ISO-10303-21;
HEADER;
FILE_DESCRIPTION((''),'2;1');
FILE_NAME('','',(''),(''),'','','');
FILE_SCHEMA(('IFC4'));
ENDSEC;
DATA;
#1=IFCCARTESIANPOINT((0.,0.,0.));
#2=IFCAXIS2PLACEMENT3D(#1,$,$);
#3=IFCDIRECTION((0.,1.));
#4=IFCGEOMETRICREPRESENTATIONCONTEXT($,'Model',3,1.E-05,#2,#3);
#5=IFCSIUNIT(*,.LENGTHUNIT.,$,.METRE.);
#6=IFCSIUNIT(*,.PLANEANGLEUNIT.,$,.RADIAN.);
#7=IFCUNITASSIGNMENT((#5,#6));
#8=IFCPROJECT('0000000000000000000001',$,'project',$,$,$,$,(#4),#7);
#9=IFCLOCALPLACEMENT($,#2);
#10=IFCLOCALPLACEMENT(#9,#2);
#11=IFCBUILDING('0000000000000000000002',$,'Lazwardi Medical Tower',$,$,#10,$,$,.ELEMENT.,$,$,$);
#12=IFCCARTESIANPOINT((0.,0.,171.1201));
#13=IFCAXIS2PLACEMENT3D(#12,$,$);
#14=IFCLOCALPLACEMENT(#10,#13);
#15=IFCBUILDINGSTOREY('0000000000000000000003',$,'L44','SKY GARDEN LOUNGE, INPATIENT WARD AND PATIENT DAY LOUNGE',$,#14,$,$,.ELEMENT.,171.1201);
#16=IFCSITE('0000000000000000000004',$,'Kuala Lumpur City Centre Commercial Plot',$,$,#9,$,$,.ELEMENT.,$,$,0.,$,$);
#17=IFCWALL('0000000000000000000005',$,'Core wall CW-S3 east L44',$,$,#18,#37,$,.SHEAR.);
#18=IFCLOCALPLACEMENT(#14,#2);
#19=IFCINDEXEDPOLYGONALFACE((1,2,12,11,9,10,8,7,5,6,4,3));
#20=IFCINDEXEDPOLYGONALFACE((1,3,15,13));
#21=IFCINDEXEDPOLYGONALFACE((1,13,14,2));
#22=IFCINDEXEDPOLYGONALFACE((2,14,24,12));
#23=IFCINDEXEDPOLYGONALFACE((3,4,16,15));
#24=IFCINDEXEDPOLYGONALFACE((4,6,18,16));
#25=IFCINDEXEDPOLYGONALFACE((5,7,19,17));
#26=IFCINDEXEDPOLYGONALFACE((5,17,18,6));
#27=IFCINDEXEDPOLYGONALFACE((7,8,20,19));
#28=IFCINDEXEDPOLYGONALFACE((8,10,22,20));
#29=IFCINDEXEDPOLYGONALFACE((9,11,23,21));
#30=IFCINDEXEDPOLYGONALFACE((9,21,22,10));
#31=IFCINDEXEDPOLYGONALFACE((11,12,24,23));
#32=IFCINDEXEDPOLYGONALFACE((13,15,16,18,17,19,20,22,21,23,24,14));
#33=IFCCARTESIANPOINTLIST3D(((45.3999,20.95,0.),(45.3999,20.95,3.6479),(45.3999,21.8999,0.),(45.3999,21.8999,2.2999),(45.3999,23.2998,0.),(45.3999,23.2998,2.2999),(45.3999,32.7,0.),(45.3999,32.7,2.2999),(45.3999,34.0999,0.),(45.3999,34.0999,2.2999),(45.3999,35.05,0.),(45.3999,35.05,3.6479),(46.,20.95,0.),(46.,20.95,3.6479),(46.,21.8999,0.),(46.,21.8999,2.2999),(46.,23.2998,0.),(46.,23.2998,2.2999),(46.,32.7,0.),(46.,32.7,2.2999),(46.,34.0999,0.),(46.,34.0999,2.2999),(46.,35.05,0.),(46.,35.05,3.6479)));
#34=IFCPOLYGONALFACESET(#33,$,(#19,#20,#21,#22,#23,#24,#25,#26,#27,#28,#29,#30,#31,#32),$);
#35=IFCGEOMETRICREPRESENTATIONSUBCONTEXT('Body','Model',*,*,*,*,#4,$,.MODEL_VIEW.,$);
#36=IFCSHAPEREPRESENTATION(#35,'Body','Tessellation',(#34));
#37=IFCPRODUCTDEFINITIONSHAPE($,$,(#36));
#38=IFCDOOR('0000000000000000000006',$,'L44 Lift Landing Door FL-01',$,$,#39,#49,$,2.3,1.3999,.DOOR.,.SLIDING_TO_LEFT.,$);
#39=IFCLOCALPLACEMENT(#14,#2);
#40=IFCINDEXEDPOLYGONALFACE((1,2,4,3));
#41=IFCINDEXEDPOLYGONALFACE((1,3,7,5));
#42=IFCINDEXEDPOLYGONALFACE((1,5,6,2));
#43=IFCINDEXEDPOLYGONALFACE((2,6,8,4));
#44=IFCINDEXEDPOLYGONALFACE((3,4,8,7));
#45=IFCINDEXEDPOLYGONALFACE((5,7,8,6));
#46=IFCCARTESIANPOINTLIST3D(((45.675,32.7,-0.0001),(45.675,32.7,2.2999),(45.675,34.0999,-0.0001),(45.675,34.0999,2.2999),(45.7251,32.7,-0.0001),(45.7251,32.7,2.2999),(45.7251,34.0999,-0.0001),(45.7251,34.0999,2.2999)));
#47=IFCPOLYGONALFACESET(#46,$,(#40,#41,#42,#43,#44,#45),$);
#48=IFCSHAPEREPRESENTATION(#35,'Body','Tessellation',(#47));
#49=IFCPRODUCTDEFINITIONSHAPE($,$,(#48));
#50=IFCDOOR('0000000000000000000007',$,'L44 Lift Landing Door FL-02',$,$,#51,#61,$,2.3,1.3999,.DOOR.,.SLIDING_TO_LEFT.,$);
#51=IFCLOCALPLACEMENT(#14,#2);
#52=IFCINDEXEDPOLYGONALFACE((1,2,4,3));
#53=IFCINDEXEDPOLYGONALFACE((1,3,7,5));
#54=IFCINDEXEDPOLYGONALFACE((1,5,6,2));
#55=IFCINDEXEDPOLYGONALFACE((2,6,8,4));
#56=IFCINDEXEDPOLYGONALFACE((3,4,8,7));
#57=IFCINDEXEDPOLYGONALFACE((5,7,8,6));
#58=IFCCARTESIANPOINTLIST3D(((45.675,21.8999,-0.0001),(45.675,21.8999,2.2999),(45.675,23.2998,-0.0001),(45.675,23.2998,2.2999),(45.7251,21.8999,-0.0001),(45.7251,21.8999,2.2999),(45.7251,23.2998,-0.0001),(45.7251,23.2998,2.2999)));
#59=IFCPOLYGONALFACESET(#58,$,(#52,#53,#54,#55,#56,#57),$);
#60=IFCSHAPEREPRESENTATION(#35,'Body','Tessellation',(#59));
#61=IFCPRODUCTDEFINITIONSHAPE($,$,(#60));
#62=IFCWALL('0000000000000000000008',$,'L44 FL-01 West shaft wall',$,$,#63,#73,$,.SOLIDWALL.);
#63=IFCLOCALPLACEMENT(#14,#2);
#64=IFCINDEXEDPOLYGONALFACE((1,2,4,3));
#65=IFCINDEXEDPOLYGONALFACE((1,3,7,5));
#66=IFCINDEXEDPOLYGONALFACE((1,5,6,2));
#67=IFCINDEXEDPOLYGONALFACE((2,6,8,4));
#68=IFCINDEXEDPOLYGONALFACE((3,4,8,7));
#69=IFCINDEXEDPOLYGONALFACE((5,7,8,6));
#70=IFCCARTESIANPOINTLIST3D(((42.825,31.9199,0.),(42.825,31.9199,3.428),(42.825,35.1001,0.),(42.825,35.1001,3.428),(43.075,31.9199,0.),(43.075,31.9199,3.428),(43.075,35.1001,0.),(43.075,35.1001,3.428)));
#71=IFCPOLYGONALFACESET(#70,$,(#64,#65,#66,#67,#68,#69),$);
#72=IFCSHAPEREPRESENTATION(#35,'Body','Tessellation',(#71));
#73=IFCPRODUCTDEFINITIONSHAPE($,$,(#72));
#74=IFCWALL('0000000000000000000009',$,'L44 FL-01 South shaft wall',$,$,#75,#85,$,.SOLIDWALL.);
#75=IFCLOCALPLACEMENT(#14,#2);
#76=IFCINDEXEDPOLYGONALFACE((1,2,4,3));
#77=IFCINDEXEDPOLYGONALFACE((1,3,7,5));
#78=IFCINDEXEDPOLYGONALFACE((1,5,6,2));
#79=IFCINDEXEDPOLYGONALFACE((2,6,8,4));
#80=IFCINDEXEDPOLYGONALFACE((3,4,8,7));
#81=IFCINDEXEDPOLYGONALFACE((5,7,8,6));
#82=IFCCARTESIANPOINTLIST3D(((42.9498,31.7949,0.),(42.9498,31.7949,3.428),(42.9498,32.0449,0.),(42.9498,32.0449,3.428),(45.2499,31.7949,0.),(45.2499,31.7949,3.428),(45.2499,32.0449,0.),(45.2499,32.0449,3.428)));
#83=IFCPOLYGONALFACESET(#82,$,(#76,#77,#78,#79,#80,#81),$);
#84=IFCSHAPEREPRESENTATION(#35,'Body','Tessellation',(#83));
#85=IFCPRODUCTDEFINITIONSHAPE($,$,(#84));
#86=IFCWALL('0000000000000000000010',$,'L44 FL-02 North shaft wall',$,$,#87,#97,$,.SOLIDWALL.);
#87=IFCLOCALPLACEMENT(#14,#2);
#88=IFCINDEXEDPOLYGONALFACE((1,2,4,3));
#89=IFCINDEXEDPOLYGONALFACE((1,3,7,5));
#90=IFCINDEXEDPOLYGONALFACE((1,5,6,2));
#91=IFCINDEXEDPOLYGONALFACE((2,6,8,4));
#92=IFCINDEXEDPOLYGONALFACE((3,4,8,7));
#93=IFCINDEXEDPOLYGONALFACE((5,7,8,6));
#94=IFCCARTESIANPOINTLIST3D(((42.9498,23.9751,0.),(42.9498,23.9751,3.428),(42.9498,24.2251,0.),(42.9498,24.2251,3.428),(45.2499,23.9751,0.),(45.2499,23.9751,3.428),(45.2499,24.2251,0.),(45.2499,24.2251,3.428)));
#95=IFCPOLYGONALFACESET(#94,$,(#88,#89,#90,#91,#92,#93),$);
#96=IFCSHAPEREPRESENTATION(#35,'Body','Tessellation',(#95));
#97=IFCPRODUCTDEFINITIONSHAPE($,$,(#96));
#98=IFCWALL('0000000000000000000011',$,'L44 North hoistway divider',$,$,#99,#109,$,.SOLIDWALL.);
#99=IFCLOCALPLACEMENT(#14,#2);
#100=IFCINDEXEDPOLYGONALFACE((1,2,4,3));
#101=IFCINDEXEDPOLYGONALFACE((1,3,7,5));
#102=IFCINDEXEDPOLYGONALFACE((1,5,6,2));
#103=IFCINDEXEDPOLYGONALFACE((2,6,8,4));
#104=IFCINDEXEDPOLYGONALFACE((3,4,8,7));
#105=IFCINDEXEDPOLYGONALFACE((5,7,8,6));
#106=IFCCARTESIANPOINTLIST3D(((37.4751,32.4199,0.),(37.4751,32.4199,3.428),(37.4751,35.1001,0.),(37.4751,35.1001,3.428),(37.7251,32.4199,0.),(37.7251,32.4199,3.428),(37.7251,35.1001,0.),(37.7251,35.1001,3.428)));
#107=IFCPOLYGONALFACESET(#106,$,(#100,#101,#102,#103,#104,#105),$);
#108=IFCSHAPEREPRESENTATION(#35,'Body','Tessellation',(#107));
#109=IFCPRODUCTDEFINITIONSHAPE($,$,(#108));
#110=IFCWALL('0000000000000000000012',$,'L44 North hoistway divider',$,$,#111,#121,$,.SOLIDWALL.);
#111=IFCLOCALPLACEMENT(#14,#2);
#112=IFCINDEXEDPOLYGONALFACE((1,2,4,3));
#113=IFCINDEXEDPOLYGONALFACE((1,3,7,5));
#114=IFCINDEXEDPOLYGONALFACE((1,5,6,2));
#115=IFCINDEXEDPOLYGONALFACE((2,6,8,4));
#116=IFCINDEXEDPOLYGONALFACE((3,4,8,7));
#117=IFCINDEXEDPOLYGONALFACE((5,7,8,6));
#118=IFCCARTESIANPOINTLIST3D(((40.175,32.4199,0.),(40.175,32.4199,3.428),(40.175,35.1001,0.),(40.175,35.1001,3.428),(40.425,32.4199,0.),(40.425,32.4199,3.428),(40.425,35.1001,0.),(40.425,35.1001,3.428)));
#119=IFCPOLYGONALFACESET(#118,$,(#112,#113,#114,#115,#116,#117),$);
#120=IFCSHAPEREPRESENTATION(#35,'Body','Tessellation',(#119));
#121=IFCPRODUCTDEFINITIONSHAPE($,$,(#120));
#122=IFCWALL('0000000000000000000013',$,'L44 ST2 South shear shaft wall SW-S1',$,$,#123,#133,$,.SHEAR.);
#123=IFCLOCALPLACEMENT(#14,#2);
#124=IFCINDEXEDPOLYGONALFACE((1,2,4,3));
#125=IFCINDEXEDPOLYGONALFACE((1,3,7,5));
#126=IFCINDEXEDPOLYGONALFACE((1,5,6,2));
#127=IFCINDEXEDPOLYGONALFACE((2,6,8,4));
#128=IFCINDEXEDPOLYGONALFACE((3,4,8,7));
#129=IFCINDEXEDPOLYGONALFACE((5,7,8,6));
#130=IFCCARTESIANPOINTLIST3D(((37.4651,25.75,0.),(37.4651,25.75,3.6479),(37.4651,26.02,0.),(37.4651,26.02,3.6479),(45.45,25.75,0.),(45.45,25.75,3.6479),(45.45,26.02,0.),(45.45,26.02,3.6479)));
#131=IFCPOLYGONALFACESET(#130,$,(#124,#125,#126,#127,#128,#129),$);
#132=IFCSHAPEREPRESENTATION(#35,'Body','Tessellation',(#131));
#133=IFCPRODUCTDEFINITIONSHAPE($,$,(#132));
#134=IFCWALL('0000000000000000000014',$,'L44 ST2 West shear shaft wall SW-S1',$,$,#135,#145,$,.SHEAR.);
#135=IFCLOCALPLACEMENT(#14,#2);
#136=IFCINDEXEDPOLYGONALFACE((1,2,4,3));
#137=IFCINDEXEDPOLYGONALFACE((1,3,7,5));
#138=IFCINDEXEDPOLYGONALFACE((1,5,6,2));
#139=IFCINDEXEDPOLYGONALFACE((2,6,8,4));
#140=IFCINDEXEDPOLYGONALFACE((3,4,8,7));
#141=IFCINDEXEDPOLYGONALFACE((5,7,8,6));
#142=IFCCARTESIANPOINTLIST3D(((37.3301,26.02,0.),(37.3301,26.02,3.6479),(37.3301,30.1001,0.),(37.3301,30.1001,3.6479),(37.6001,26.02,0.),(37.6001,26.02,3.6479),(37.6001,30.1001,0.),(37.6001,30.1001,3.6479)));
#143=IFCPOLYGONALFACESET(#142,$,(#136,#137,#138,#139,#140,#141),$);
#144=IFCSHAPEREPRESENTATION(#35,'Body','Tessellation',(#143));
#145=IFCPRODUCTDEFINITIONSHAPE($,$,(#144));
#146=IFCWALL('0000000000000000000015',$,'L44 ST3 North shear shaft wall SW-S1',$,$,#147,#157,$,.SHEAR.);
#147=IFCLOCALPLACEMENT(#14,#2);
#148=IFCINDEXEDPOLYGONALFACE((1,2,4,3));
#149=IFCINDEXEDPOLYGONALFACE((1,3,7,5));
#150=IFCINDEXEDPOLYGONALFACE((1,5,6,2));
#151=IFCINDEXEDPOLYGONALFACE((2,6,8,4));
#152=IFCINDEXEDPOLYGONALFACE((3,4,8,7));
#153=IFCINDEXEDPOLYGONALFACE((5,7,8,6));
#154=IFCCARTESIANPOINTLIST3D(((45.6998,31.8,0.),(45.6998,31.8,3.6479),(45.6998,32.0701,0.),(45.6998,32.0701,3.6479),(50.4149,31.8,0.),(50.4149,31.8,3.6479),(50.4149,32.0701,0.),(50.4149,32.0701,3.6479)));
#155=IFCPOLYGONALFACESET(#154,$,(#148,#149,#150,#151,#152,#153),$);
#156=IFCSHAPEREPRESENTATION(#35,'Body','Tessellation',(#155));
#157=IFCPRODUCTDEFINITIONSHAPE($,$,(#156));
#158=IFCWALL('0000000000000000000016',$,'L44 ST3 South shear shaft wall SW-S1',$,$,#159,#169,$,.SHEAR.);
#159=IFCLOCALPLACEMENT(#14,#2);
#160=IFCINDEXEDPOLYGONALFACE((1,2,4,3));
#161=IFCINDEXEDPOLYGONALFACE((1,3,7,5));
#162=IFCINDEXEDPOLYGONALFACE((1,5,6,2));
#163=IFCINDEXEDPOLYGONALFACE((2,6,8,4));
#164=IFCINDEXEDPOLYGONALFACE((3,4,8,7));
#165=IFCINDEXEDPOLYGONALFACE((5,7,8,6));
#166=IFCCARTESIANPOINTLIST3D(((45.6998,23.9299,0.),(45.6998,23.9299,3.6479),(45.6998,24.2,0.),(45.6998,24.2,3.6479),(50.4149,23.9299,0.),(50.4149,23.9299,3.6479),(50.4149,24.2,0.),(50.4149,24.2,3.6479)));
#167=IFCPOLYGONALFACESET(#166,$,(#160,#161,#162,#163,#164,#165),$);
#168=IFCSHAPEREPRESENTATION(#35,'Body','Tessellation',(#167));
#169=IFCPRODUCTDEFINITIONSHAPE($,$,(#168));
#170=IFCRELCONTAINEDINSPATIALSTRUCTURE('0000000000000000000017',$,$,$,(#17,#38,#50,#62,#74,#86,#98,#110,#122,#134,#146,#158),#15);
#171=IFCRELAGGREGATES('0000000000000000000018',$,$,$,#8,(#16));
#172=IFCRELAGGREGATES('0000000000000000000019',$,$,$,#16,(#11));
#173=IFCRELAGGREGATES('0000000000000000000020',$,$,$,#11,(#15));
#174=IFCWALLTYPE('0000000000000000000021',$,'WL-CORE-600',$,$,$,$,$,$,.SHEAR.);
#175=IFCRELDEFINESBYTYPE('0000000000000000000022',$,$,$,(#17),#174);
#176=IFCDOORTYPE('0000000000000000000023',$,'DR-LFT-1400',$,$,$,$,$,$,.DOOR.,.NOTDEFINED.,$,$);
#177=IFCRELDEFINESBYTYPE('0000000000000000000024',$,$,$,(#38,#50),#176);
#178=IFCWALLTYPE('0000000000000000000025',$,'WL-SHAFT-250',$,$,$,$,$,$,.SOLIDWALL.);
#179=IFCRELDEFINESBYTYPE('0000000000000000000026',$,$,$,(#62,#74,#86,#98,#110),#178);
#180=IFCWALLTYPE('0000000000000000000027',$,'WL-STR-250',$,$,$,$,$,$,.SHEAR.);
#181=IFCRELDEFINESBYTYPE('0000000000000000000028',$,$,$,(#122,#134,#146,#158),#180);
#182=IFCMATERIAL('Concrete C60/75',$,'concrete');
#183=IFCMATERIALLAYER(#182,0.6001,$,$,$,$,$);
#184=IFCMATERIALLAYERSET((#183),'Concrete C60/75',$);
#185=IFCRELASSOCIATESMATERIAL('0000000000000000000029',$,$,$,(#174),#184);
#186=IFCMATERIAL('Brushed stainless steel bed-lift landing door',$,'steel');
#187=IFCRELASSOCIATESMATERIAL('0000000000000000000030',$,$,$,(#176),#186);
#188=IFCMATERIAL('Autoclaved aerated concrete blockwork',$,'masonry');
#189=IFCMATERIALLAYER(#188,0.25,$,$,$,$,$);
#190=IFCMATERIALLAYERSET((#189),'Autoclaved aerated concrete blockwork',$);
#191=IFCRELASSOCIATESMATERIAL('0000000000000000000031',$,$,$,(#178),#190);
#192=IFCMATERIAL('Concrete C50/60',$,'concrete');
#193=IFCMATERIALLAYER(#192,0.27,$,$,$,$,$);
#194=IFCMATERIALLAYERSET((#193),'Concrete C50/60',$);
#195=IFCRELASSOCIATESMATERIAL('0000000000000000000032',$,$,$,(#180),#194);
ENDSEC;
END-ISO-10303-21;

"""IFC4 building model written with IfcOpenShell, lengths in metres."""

from ifc_helpers import new_model, si_unit, direction, frame, frame_2d, origin, place, context, subcontext, project, spatial, rectangle, extrude, material, layer, layer_set, type_object, element, fill, save


model = new_model("IFC4")

# Units and contexts
model_context = context("Model", 3, precision=1e-05, world=origin(), true_north=direction((0.0, 1.0)))
body_context = subcontext(model_context, "Body", "Model", "MODEL_VIEW")
ifc_project = project(units=[si_unit("LENGTHUNIT", "METRE"), si_unit("PLANEANGLEUNIT", "RADIAN")], contexts=[model_context])

# Site, building, storey
site_placement = place(None, origin())
site = spatial("IfcSite", under=ifc_project, at=site_placement, Name="Kuala Lumpur City Centre Commercial Plot", CompositionType="ELEMENT", RefElevation=0.0)
building_placement = place(site_placement, origin())
building = spatial("IfcBuilding", under=site, at=building_placement, Name="Lazwardi Medical Tower", CompositionType="ELEMENT")
storey_placement = place(building_placement, frame((0.0, 0.0, 171.1201)))
storey = spatial("IfcBuildingStorey", under=building, at=storey_placement, Name="L44", Description="SKY GARDEN LOUNGE, INPATIENT WARD AND PATIENT DAY LOUNGE", CompositionType="ELEMENT", Elevation=171.1201)

# Wall, openings, doors
ifc_material_1 = material(Name="Concrete C60/75", Category="concrete")
ifc_layer_1 = layer(ifc_material_1, 0.6001)
ifc_layer_set_1 = layer_set([ifc_layer_1], Name="Concrete C60/75")
wall_type_1 = type_object("IfcWallType", Name="WL-CORE-600", PredefinedType="SHEAR", material=ifc_layer_set_1)
wall_1_placement = place(storey_placement, frame((45.7, 20.95, 0.0), z_axis=(0.0, 0.0, 1.0), x_axis=(0.0, 1.0, 0.0)))
wall_1 = element("IfcWall", 1, at=wall_1_placement, inside=storey, type_object=wall_type_1, Name="Core wall CW-S3 east L44", PredefinedType="SHEAR", context=body_context, shape_type="SweptSolid", body=[
    extrude(rectangle(XDim=14.1001, YDim=0.6001, at=frame_2d((7.05, 0.0))), origin(), (0.0, 0.0, 1.0), 3.6479),
])
opening_1_placement = place(wall_1_placement, frame((11.75, 0.0, 0.0)))
opening_1 = element("IfcOpeningElement", 2, at=opening_1_placement, cuts=wall_1, PredefinedType="OPENING", context=body_context, shape_type="SweptSolid", body=[
    extrude(rectangle(XDim=1.3999, YDim=2.3, at=frame_2d((0.7, 1.1499))), frame((0.0, 0.3101, 0.0), z_axis=(0.0, -1.0, 0.0), x_axis=(1.0, 0.0, 0.0)), (0.0, 0.0, 1.0), 0.6201),
])
opening_2_placement = place(wall_1_placement, frame((0.95, 0.0, 0.0)))
opening_2 = element("IfcOpeningElement", 3, at=opening_2_placement, cuts=wall_1, PredefinedType="OPENING", context=body_context, shape_type="SweptSolid", body=[
    extrude(rectangle(XDim=1.3999, YDim=2.3, at=frame_2d((0.7, 1.1499))), frame((0.0, 0.3101, 0.0), z_axis=(0.0, -1.0, 0.0), x_axis=(1.0, 0.0, 0.0)), (0.0, 0.0, 1.0), 0.6201),
])
ifc_material_2 = material(Name="Brushed stainless steel bed-lift landing door", Category="steel")
door_type_1 = type_object("IfcDoorType", Name="DR-LFT-1400", OperationType="NOTDEFINED", PredefinedType="DOOR", material=ifc_material_2)
door_1_placement = place(opening_1_placement, origin())
door_1 = element("IfcDoor", 4, at=door_1_placement, inside=storey, type_object=door_type_1, Name="L44 Lift Landing Door FL-01", OperationType="SLIDING_TO_LEFT", OverallHeight=2.3, OverallWidth=1.3999, PredefinedType="DOOR", context=body_context, shape_type="SweptSolid", body=[
    extrude(rectangle(XDim=1.3999, YDim=2.3, at=frame_2d((0.7, 1.1499))), frame((0.0, 0.0249, 0.0), z_axis=(0.0, -1.0, 0.0), x_axis=(1.0, 0.0, 0.0)), (0.0, 0.0, 1.0), 0.05),
])
fill(opening_1, door_1)
door_2_placement = place(opening_2_placement, origin())
door_2 = element("IfcDoor", 5, at=door_2_placement, inside=storey, type_object=door_type_1, Name="L44 Lift Landing Door FL-02", OperationType="SLIDING_TO_LEFT", OverallHeight=2.3, OverallWidth=1.3999, PredefinedType="DOOR", context=body_context, shape_type="SweptSolid", body=[
    extrude(rectangle(XDim=1.3999, YDim=2.3, at=frame_2d((0.7, 1.1499))), frame((0.0, 0.0249, 0.0), z_axis=(0.0, -1.0, 0.0), x_axis=(1.0, 0.0, 0.0)), (0.0, 0.0, 1.0), 0.05),
])
fill(opening_2, door_2)

# Walls
ifc_material_3 = material(Name="Autoclaved aerated concrete blockwork", Category="masonry")
ifc_layer_2 = layer(ifc_material_3, 0.25)
ifc_layer_set_2 = layer_set([ifc_layer_2], Name="Autoclaved aerated concrete blockwork")
wall_type_2 = type_object("IfcWallType", Name="WL-SHAFT-250", PredefinedType="SOLIDWALL", material=ifc_layer_set_2)
wall_2_placement = place(storey_placement, frame((42.95, 31.9199, 0.0), z_axis=(0.0, 0.0, 1.0), x_axis=(0.0, 1.0, 0.0)))
element("IfcWall", 6, at=wall_2_placement, inside=storey, type_object=wall_type_2, Name="L44 FL-01 West shaft wall", PredefinedType="SOLIDWALL", context=body_context, shape_type="SweptSolid", body=[
    extrude(rectangle(XDim=3.1802, YDim=0.25, at=frame_2d((1.5901, 0.0))), origin(), (0.0, 0.0, 1.0), 3.428),
])
for number, where, z_axis, x_axis, name in (
    (7, (42.95, 31.9199, 0.0), (0.0, 0.0, 1.0), (1.0, 0.0, 0.0), "L44 FL-01 South shaft wall"),
    (8, (42.95, 24.1001, 0.0), (0.0, 0.0, 1.0), (1.0, 0.0, 0.0), "L44 FL-02 North shaft wall"),
):
    element("IfcWall", number, at=place(storey_placement, frame(where, z_axis=z_axis, x_axis=x_axis)), inside=storey, type_object=wall_type_2, Name=name, PredefinedType="SOLIDWALL", context=body_context, shape_type="SweptSolid", body=[
        extrude(rectangle(XDim=2.3, YDim=0.25, at=frame_2d((1.1499, 0.0))), origin(), (0.0, 0.0, 1.0), 3.428),
    ])
for number, where, z_axis, x_axis, name in (
    (9, (37.6001, 32.4199, 0.0), (0.0, 0.0, 1.0), (0.0, 1.0, 0.0), "L44 North hoistway divider"),
    (10, (40.3, 32.4199, 0.0), (0.0, 0.0, 1.0), (0.0, 1.0, 0.0), "L44 North hoistway divider"),
):
    element("IfcWall", number, at=place(storey_placement, frame(where, z_axis=z_axis, x_axis=x_axis)), inside=storey, type_object=wall_type_2, Name=name, PredefinedType="SOLIDWALL", context=body_context, shape_type="SweptSolid", body=[
        extrude(rectangle(XDim=2.6802, YDim=0.25, at=frame_2d((1.3401, 0.0))), origin(), (0.0, 0.0, 1.0), 3.428),
    ])

# Shared definitions
ifc_material_4 = material(Name="Concrete C50/60", Category="concrete")
ifc_layer_3 = layer(ifc_material_4, 0.27)
ifc_layer_set_3 = layer_set([ifc_layer_3], Name="Concrete C50/60")
wall_type_3 = type_object("IfcWallType", Name="WL-STR-250", PredefinedType="SHEAR", material=ifc_layer_set_3)

# Walls
wall_3_placement = place(storey_placement, frame((37.4651, 25.885, 0.0), z_axis=(0.0, 0.0, 1.0), x_axis=(1.0, 0.0, 0.0)))
element("IfcWall", 11, at=wall_3_placement, inside=storey, type_object=wall_type_3, Name="L44 ST2 South shear shaft wall SW-S1", PredefinedType="SHEAR", context=body_context, shape_type="SweptSolid", body=[
    extrude(rectangle(XDim=7.9849, YDim=0.27, at=frame_2d((3.9924, 0.0))), origin(), (0.0, 0.0, 1.0), 3.6479),
])
wall_4_placement = place(storey_placement, frame((37.4651, 26.02, 0.0), z_axis=(0.0, 0.0, 1.0), x_axis=(0.0, 1.0, 0.0)))
element("IfcWall", 12, at=wall_4_placement, inside=storey, type_object=wall_type_3, Name="L44 ST2 West shear shaft wall SW-S1", PredefinedType="SHEAR", context=body_context, shape_type="SweptSolid", body=[
    extrude(rectangle(XDim=4.0801, YDim=0.27, at=frame_2d((2.04, 0.0))), origin(), (0.0, 0.0, 1.0), 3.6479),
])
for number, where, z_axis, x_axis, name in (
    (13, (45.7, 31.9351, 0.0), (0.0, 0.0, 1.0), (1.0, 0.0, 0.0), "L44 ST3 North shear shaft wall SW-S1"),
    (14, (45.7, 24.0649, 0.0), (0.0, 0.0, 1.0), (1.0, 0.0, 0.0), "L44 ST3 South shear shaft wall SW-S1"),
):
    element("IfcWall", number, at=place(storey_placement, frame(where, z_axis=z_axis, x_axis=x_axis)), inside=storey, type_object=wall_type_3, Name=name, PredefinedType="SHEAR", context=body_context, shape_type="SweptSolid", body=[
        extrude(rectangle(XDim=4.7151, YDim=0.27, at=frame_2d((2.3574, 0.0))), origin(), (0.0, 0.0, 1.0), 3.6479),
    ])

save(model, "model.ifc")
